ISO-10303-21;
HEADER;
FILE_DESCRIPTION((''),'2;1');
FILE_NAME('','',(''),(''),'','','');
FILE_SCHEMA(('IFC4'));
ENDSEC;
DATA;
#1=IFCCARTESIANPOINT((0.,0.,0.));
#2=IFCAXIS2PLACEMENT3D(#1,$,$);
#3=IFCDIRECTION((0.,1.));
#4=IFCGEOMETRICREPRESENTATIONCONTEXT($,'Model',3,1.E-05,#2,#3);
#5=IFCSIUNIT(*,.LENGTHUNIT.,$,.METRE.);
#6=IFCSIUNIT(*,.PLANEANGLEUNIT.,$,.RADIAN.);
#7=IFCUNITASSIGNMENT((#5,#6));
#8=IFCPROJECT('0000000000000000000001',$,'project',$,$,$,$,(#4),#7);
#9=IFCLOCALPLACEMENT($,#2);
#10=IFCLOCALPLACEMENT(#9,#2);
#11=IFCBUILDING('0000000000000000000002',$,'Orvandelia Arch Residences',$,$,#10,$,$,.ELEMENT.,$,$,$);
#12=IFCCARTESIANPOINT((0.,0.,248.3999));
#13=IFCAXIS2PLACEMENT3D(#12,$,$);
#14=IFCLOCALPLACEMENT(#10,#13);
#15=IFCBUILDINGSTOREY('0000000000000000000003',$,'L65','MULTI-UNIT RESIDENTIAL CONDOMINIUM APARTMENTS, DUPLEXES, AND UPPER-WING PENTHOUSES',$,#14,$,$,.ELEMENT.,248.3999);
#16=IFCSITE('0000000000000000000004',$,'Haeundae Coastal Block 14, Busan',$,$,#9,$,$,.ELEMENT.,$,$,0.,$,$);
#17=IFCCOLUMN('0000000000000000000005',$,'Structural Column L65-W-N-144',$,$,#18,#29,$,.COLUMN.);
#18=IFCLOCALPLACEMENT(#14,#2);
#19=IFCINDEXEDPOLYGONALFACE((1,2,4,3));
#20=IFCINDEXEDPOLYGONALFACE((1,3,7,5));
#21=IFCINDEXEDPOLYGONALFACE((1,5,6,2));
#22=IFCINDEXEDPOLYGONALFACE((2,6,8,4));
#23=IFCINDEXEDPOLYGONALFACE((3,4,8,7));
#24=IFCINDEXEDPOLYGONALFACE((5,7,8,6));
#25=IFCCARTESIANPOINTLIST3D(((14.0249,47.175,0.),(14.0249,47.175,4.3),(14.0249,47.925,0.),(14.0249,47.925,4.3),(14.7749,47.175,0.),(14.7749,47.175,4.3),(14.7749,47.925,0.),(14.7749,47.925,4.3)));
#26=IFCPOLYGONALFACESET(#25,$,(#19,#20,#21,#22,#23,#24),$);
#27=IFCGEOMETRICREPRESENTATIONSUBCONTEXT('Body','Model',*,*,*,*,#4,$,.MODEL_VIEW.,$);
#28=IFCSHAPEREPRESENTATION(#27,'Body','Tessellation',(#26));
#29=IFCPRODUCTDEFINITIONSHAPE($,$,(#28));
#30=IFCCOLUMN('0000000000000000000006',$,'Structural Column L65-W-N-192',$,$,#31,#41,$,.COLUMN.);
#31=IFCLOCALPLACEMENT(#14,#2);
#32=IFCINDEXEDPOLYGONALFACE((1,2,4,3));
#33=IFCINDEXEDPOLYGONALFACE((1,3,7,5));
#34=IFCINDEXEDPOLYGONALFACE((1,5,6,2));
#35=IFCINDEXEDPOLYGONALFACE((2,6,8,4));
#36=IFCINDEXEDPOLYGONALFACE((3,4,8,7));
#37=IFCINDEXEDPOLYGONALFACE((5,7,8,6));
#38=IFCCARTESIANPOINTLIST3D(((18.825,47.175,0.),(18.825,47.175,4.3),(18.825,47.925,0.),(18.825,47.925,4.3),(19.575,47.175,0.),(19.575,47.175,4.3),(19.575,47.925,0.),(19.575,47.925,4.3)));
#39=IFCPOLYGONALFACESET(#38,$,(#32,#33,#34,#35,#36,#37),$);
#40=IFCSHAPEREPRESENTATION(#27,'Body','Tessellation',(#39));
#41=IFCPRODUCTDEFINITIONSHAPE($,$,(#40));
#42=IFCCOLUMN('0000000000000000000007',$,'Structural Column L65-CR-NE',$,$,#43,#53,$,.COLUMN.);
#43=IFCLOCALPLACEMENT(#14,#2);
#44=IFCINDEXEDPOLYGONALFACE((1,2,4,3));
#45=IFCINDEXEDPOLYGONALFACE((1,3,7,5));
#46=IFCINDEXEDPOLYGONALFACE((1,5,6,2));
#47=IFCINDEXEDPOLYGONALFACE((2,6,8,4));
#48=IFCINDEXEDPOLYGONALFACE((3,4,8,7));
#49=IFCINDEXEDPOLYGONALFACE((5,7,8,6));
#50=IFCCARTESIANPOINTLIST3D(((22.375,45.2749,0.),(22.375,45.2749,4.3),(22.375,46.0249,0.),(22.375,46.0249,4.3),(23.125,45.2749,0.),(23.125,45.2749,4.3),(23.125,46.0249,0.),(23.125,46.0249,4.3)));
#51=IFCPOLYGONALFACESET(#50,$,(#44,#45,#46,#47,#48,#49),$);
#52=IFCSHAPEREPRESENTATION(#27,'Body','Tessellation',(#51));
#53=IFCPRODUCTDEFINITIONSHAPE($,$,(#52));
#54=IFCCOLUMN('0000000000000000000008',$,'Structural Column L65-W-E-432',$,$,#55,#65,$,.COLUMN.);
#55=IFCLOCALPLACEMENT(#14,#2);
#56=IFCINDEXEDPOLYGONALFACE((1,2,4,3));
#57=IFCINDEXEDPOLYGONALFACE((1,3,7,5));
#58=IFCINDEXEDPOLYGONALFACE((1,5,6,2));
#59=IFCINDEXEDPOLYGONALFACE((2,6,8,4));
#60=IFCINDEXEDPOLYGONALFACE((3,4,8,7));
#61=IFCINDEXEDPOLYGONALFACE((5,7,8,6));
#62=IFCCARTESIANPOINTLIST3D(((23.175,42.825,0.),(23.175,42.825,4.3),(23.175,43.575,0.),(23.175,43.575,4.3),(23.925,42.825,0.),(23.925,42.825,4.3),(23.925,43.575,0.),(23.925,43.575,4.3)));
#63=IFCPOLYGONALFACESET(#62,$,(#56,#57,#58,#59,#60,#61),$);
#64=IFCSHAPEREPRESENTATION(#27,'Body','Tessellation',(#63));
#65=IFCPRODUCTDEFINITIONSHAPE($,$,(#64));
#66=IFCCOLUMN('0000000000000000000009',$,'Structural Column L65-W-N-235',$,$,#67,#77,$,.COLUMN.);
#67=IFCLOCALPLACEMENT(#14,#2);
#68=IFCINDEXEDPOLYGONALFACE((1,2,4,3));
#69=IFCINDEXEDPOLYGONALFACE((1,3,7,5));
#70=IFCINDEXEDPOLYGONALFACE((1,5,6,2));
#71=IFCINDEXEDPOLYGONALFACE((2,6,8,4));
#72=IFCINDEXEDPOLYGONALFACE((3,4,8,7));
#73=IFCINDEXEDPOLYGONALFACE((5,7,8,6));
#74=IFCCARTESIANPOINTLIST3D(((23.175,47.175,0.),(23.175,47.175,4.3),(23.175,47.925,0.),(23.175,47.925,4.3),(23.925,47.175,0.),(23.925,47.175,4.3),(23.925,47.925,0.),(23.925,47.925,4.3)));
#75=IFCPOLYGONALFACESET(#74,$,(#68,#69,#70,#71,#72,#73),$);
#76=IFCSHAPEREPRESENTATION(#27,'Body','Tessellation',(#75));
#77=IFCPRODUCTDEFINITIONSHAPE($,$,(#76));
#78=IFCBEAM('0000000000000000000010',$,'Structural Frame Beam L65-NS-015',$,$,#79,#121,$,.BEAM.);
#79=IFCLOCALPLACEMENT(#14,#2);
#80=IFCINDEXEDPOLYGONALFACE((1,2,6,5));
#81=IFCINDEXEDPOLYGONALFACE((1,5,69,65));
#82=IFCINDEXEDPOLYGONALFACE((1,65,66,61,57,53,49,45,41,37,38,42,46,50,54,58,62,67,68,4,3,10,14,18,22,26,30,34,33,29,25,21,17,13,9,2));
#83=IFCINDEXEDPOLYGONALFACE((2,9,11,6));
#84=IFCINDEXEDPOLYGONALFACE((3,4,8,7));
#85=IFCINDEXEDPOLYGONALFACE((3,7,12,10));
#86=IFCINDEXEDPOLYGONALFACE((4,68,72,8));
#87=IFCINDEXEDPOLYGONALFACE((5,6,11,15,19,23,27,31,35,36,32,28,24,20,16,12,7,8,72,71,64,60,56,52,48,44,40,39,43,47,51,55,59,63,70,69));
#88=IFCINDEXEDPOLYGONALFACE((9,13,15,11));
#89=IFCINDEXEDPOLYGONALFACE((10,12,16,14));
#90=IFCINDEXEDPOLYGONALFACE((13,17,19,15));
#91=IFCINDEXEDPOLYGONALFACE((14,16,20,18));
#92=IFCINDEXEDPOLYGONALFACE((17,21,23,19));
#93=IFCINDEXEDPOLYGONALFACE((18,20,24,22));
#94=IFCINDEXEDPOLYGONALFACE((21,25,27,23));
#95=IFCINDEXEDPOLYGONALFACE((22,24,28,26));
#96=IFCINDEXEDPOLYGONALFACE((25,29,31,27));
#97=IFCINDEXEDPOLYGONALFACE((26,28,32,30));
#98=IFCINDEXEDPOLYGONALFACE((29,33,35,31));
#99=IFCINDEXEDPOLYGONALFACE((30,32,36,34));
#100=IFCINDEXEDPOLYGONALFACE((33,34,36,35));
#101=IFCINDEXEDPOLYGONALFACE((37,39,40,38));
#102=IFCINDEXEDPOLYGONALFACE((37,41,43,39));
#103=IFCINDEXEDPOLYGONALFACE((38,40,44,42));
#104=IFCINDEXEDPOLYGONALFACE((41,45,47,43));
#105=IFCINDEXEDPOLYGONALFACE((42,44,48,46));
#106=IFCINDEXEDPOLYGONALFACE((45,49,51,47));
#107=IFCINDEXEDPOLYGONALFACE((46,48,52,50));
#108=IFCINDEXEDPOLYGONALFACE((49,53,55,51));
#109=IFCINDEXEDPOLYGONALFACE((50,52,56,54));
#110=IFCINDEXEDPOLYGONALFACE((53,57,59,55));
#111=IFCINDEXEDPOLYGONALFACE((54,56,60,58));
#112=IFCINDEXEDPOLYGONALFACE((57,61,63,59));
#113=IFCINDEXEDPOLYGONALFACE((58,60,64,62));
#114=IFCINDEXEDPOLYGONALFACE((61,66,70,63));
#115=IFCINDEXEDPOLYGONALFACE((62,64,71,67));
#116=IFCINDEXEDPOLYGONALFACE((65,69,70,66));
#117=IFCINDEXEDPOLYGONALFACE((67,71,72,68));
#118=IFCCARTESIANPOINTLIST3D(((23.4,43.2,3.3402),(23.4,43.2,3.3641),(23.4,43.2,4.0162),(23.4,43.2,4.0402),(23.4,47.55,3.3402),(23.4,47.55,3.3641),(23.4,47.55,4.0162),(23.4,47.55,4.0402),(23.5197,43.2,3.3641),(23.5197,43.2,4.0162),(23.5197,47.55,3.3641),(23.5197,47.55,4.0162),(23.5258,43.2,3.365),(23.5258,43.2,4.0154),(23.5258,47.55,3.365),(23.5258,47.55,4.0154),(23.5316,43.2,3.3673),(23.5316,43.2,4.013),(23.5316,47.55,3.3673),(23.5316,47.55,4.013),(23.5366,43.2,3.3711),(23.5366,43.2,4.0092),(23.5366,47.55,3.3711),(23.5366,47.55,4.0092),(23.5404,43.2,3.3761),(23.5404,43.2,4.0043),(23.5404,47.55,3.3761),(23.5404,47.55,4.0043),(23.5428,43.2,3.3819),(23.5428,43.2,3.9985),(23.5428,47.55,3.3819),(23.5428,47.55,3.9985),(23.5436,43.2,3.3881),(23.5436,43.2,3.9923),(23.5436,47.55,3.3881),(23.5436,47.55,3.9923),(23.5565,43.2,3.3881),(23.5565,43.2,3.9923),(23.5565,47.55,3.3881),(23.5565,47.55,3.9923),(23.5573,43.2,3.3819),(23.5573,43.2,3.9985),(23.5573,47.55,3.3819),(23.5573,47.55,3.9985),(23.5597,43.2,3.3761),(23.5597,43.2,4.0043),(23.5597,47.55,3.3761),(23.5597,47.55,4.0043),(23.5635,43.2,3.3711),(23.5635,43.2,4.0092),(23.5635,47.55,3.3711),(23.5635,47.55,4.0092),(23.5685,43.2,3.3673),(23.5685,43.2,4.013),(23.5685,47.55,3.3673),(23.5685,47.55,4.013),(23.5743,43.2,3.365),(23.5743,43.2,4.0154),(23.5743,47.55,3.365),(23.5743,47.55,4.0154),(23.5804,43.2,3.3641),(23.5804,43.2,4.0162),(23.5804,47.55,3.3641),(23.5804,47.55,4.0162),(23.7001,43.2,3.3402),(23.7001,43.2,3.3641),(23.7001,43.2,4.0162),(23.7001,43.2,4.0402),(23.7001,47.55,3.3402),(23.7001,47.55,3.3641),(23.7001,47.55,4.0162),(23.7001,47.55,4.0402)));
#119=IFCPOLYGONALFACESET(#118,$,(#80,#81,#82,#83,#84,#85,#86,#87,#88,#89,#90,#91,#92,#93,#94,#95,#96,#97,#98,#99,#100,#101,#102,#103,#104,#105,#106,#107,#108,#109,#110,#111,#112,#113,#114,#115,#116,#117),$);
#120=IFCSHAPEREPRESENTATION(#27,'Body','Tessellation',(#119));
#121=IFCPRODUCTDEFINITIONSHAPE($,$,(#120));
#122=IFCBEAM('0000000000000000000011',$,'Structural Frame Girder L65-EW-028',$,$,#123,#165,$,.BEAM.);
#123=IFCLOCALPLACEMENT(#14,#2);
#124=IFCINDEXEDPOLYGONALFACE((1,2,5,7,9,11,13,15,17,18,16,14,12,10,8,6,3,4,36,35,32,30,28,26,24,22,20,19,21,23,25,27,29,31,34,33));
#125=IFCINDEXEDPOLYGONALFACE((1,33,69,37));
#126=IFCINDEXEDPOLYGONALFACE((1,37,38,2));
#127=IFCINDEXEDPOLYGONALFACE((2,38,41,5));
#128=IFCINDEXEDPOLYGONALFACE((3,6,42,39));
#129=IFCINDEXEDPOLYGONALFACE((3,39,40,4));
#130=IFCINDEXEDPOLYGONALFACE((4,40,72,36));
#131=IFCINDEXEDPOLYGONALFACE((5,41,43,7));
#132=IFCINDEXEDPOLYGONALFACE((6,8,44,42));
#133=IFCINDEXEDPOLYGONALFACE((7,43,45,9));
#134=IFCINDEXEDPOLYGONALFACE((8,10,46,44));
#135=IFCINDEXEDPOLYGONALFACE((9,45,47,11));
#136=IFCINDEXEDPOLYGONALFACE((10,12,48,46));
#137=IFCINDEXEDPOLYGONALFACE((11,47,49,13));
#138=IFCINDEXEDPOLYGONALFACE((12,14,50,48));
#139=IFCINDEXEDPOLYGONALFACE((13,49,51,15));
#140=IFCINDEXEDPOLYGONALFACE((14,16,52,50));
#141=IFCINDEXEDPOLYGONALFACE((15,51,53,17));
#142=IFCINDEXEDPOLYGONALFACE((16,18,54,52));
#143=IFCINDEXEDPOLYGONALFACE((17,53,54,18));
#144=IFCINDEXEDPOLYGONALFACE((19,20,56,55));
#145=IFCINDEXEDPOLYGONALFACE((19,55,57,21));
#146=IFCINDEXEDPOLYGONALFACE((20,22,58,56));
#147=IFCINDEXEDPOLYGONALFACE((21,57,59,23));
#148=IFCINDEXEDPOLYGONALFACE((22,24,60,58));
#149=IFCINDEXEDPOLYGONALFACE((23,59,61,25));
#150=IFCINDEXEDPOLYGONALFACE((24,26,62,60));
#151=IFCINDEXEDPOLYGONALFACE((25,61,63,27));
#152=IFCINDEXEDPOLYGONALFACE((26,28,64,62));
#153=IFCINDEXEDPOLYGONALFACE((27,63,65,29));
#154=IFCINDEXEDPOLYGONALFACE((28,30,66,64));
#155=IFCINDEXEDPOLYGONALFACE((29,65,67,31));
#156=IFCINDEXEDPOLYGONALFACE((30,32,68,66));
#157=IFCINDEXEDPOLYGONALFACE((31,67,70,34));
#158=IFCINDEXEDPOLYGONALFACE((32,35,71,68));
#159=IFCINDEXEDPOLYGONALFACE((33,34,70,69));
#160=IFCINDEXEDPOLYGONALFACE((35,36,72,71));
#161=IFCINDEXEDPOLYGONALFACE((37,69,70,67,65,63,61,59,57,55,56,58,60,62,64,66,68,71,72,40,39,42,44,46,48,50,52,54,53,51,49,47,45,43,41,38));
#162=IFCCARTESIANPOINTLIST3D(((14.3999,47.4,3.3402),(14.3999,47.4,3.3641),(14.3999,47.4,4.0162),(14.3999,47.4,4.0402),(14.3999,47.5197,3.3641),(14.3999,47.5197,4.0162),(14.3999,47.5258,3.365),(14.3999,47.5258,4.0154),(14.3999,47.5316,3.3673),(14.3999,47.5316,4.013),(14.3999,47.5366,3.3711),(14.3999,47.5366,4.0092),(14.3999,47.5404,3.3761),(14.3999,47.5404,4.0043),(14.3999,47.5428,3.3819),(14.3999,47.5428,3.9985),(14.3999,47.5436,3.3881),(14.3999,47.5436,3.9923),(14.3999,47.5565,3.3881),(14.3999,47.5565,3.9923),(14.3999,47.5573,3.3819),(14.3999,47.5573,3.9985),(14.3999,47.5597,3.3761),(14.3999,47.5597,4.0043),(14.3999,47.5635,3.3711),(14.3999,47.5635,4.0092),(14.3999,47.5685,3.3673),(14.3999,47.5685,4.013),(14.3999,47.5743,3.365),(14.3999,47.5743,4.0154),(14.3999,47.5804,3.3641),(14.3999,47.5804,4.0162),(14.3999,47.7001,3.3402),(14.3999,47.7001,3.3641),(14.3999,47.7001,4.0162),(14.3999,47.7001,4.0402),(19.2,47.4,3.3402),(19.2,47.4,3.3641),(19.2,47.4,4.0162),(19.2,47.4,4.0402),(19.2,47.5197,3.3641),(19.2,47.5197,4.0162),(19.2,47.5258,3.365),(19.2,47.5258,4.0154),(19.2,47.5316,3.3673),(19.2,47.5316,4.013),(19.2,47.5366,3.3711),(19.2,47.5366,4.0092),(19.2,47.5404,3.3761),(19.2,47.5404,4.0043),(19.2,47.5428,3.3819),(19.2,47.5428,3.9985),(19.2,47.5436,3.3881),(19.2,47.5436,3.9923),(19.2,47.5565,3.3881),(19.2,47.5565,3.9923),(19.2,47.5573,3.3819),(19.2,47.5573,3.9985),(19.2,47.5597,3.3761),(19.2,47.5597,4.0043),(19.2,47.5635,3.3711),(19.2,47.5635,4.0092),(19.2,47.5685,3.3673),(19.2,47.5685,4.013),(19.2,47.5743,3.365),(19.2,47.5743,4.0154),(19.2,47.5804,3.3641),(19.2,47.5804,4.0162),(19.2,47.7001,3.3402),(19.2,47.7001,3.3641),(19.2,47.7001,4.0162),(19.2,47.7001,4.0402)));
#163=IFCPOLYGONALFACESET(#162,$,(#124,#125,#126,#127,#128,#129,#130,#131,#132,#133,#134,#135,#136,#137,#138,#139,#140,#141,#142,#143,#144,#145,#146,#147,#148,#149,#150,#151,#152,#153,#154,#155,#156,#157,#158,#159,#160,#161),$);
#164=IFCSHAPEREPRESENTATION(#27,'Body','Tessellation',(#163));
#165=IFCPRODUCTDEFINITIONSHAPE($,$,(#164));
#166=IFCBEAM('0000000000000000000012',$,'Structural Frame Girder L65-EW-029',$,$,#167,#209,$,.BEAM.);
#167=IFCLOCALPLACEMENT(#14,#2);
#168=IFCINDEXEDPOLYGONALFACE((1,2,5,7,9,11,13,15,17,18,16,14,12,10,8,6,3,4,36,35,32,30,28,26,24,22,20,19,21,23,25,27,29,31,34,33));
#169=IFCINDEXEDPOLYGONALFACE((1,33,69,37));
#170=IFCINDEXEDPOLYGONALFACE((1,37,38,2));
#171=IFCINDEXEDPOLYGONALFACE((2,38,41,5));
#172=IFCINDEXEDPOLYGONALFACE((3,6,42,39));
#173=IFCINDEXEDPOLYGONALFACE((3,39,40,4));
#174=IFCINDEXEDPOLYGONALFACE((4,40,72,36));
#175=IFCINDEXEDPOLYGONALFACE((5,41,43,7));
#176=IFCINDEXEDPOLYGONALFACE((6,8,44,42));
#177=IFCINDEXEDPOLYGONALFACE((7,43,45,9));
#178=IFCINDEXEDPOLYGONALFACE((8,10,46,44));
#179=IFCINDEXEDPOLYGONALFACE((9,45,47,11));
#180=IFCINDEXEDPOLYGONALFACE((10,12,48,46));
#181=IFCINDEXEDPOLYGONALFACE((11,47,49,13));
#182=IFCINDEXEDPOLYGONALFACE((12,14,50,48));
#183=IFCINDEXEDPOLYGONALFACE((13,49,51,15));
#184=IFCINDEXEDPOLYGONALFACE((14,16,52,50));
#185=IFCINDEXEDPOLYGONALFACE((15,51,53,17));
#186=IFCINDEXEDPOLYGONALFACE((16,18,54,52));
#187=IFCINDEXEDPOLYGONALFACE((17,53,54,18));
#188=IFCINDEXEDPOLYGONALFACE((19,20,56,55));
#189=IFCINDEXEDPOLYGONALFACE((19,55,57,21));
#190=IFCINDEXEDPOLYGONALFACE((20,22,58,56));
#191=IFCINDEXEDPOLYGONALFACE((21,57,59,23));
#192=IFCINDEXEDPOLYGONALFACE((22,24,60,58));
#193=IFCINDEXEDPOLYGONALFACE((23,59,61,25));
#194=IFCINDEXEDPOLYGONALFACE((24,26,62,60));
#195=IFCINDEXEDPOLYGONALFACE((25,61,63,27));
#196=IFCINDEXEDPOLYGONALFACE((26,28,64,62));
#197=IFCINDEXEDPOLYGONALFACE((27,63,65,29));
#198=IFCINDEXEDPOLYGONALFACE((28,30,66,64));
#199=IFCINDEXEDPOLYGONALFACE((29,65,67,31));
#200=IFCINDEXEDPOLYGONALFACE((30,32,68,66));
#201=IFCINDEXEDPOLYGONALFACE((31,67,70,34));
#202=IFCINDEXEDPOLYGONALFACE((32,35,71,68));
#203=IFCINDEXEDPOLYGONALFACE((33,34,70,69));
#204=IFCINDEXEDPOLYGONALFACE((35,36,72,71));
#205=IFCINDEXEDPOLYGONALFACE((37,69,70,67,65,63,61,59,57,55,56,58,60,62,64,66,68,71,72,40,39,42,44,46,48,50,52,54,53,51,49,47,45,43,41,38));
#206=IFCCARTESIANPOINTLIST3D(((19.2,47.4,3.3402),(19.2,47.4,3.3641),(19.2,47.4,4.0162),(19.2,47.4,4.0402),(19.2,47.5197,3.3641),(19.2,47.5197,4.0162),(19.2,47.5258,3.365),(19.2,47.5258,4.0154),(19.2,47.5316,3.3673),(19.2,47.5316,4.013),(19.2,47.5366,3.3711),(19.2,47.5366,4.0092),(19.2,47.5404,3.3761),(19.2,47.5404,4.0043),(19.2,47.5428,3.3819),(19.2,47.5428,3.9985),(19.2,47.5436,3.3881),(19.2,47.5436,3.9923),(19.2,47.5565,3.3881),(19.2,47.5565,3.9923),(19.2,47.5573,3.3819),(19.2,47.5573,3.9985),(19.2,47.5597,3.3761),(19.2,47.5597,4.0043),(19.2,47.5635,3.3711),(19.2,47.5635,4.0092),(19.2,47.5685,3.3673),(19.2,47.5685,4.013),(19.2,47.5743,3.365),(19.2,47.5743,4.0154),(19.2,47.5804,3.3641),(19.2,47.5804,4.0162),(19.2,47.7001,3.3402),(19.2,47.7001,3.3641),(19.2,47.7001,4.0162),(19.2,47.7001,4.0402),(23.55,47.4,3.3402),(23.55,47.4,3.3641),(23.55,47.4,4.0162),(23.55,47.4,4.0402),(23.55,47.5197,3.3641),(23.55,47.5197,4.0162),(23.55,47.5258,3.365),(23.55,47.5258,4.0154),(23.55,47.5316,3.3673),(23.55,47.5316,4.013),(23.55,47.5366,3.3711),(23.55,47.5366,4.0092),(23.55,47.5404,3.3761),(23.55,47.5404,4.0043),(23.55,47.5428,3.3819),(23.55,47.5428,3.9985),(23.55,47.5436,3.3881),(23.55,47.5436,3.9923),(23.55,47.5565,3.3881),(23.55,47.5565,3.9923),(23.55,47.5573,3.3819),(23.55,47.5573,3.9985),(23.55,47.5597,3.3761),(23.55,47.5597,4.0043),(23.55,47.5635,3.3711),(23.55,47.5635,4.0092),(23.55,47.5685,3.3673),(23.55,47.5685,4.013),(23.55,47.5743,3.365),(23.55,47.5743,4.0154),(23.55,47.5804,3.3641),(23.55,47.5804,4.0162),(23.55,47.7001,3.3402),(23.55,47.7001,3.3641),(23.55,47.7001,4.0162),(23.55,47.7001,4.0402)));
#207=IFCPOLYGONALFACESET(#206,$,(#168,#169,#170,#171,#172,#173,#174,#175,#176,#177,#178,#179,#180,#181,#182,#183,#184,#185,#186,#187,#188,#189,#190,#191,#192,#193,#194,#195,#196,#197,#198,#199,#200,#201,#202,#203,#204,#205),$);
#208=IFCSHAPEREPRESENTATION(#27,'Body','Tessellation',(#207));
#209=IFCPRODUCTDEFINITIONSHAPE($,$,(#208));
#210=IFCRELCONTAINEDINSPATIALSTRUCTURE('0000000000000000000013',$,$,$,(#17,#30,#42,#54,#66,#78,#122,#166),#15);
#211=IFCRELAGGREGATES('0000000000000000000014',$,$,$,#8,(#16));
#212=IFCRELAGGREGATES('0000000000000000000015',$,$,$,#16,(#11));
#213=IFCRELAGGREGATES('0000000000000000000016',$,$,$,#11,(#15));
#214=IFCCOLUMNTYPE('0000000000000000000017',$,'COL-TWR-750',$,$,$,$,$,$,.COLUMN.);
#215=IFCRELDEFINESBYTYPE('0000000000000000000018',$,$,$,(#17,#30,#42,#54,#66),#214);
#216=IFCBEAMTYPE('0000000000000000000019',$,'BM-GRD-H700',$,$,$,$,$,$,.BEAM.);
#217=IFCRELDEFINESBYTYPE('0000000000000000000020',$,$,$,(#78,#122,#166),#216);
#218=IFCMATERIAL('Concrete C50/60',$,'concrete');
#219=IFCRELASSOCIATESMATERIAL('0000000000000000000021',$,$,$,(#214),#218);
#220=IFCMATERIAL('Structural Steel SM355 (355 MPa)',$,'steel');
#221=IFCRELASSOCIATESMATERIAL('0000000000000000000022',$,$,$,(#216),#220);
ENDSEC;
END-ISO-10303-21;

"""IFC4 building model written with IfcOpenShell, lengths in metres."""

from ifc_helpers import new_model, si_unit, direction, frame, origin, origin_2d, place, context, subcontext, project, spatial, rectangle, i_section, extrude, material, material_profile, profile_set, type_object, element, save


model = new_model("IFC4")

# Units and contexts
model_context = context("Model", 3, precision=1e-05, world=origin(), true_north=direction((0.0, 1.0)))
body_context = subcontext(model_context, "Body", "Model", "MODEL_VIEW")
ifc_project = project(units=[si_unit("LENGTHUNIT", "METRE"), si_unit("PLANEANGLEUNIT", "RADIAN")], contexts=[model_context])

# Site, building, storey
site_placement = place(None, origin())
site = spatial("IfcSite", under=ifc_project, at=site_placement, Name="Haeundae Coastal Block 14, Busan", CompositionType="ELEMENT", RefElevation=0.0)
building_placement = place(site_placement, origin())
building = spatial("IfcBuilding", under=site, at=building_placement, Name="Orvandelia Arch Residences", CompositionType="ELEMENT")
storey_placement = place(building_placement, frame((0.0, 0.0, 248.3999)))
storey = spatial("IfcBuildingStorey", under=building, at=storey_placement, Name="L65", Description="MULTI-UNIT RESIDENTIAL CONDOMINIUM APARTMENTS, DUPLEXES, AND UPPER-WING PENTHOUSES", CompositionType="ELEMENT", Elevation=248.3999)

# Columns
ifc_material_1 = material(Name="Concrete C50/60", Category="concrete")
ifc_material_profile_1 = material_profile(ifc_material_1, rectangle(XDim=0.75, YDim=0.75, at=origin_2d()), Name="Concrete C50/60", Category="concrete")
ifc_profile_set_1 = profile_set([ifc_material_profile_1], Name="Concrete C50/60")
column_type = type_object("IfcColumnType", Name="COL-TWR-750", PredefinedType="COLUMN", material=ifc_profile_set_1)
for number, where, z_axis, x_axis, name in (
    (1, (14.3999, 47.55, 0.0), (0.0, 0.0, 1.0), (1.0, 0.0, 0.0), "Structural Column L65-W-N-144"),
    (2, (19.2, 47.55, 0.0), (0.0, 0.0, 1.0), (1.0, 0.0, 0.0), "Structural Column L65-W-N-192"),
    (3, (22.75, 45.6499, 0.0), (0.0, 0.0, 1.0), (1.0, 0.0, 0.0), "Structural Column L65-CR-NE"),
    (4, (23.55, 43.2, 0.0), (0.0, 0.0, 1.0), (1.0, 0.0, 0.0), "Structural Column L65-W-E-432"),
    (5, (23.55, 47.55, 0.0), (0.0, 0.0, 1.0), (1.0, 0.0, 0.0), "Structural Column L65-W-N-235"),
):
    element("IfcColumn", number, at=place(storey_placement, frame(where, z_axis=z_axis, x_axis=x_axis)), inside=storey, type_object=column_type, Name=name, PredefinedType="COLUMN", context=body_context, shape_type="SweptSolid", body=[
        extrude(rectangle(XDim=0.75, YDim=0.75, at=origin_2d()), origin(), (0.0, 0.0, 1.0), 4.3),
    ])

# Beams
ifc_material_2 = material(Name="Structural Steel SM355 (355 MPa)", Category="steel")
ifc_material_profile_2 = material_profile(ifc_material_2, i_section(OverallWidth=0.3, OverallDepth=0.7, WebThickness=0.0129, FlangeThickness=0.0239, FilletRadius=0.0239, at=origin_2d()), Name="Structural Steel SM355 (355 MPa)", Category="steel")
ifc_profile_set_2 = profile_set([ifc_material_profile_2], Name="Structural Steel SM355 (355 MPa)")
beam_type = type_object("IfcBeamType", Name="BM-GRD-H700", PredefinedType="BEAM", material=ifc_profile_set_2)
beam_1_placement = place(storey_placement, frame((23.55, 43.2, 3.6902), z_axis=(0.0, 1.0, 0.0), x_axis=(-1.0, 0.0, 0.0)))
element("IfcBeam", 6, at=beam_1_placement, inside=storey, type_object=beam_type, Name="Structural Frame Beam L65-NS-015", PredefinedType="BEAM", context=body_context, shape_type="SweptSolid", body=[
    extrude(i_section(OverallWidth=0.3, OverallDepth=0.7, WebThickness=0.0129, FlangeThickness=0.0239, FilletRadius=0.0239, at=origin_2d()), origin(), (0.0, 0.0, 1.0), 4.3501),
])
beam_2_placement = place(storey_placement, frame((14.3999, 47.55, 3.6902), z_axis=(1.0, 0.0, 0.0), x_axis=(0.0, 1.0, 0.0)))
element("IfcBeam", 7, at=beam_2_placement, inside=storey, type_object=beam_type, Name="Structural Frame Girder L65-EW-028", PredefinedType="BEAM", context=body_context, shape_type="SweptSolid", body=[
    extrude(i_section(OverallWidth=0.3, OverallDepth=0.7, WebThickness=0.0129, FlangeThickness=0.0239, FilletRadius=0.0239, at=origin_2d()), origin(), (0.0, 0.0, 1.0), 4.8),
])
beam_3_placement = place(storey_placement, frame((19.2, 47.55, 3.6902), z_axis=(1.0, 0.0, 0.0), x_axis=(0.0, 1.0, 0.0)))
element("IfcBeam", 8, at=beam_3_placement, inside=storey, type_object=beam_type, Name="Structural Frame Girder L65-EW-029", PredefinedType="BEAM", context=body_context, shape_type="SweptSolid", body=[
    extrude(i_section(OverallWidth=0.3, OverallDepth=0.7, WebThickness=0.0129, FlangeThickness=0.0239, FilletRadius=0.0239, at=origin_2d()), origin(), (0.0, 0.0, 1.0), 4.3501),
])

save(model, "model.ifc")
